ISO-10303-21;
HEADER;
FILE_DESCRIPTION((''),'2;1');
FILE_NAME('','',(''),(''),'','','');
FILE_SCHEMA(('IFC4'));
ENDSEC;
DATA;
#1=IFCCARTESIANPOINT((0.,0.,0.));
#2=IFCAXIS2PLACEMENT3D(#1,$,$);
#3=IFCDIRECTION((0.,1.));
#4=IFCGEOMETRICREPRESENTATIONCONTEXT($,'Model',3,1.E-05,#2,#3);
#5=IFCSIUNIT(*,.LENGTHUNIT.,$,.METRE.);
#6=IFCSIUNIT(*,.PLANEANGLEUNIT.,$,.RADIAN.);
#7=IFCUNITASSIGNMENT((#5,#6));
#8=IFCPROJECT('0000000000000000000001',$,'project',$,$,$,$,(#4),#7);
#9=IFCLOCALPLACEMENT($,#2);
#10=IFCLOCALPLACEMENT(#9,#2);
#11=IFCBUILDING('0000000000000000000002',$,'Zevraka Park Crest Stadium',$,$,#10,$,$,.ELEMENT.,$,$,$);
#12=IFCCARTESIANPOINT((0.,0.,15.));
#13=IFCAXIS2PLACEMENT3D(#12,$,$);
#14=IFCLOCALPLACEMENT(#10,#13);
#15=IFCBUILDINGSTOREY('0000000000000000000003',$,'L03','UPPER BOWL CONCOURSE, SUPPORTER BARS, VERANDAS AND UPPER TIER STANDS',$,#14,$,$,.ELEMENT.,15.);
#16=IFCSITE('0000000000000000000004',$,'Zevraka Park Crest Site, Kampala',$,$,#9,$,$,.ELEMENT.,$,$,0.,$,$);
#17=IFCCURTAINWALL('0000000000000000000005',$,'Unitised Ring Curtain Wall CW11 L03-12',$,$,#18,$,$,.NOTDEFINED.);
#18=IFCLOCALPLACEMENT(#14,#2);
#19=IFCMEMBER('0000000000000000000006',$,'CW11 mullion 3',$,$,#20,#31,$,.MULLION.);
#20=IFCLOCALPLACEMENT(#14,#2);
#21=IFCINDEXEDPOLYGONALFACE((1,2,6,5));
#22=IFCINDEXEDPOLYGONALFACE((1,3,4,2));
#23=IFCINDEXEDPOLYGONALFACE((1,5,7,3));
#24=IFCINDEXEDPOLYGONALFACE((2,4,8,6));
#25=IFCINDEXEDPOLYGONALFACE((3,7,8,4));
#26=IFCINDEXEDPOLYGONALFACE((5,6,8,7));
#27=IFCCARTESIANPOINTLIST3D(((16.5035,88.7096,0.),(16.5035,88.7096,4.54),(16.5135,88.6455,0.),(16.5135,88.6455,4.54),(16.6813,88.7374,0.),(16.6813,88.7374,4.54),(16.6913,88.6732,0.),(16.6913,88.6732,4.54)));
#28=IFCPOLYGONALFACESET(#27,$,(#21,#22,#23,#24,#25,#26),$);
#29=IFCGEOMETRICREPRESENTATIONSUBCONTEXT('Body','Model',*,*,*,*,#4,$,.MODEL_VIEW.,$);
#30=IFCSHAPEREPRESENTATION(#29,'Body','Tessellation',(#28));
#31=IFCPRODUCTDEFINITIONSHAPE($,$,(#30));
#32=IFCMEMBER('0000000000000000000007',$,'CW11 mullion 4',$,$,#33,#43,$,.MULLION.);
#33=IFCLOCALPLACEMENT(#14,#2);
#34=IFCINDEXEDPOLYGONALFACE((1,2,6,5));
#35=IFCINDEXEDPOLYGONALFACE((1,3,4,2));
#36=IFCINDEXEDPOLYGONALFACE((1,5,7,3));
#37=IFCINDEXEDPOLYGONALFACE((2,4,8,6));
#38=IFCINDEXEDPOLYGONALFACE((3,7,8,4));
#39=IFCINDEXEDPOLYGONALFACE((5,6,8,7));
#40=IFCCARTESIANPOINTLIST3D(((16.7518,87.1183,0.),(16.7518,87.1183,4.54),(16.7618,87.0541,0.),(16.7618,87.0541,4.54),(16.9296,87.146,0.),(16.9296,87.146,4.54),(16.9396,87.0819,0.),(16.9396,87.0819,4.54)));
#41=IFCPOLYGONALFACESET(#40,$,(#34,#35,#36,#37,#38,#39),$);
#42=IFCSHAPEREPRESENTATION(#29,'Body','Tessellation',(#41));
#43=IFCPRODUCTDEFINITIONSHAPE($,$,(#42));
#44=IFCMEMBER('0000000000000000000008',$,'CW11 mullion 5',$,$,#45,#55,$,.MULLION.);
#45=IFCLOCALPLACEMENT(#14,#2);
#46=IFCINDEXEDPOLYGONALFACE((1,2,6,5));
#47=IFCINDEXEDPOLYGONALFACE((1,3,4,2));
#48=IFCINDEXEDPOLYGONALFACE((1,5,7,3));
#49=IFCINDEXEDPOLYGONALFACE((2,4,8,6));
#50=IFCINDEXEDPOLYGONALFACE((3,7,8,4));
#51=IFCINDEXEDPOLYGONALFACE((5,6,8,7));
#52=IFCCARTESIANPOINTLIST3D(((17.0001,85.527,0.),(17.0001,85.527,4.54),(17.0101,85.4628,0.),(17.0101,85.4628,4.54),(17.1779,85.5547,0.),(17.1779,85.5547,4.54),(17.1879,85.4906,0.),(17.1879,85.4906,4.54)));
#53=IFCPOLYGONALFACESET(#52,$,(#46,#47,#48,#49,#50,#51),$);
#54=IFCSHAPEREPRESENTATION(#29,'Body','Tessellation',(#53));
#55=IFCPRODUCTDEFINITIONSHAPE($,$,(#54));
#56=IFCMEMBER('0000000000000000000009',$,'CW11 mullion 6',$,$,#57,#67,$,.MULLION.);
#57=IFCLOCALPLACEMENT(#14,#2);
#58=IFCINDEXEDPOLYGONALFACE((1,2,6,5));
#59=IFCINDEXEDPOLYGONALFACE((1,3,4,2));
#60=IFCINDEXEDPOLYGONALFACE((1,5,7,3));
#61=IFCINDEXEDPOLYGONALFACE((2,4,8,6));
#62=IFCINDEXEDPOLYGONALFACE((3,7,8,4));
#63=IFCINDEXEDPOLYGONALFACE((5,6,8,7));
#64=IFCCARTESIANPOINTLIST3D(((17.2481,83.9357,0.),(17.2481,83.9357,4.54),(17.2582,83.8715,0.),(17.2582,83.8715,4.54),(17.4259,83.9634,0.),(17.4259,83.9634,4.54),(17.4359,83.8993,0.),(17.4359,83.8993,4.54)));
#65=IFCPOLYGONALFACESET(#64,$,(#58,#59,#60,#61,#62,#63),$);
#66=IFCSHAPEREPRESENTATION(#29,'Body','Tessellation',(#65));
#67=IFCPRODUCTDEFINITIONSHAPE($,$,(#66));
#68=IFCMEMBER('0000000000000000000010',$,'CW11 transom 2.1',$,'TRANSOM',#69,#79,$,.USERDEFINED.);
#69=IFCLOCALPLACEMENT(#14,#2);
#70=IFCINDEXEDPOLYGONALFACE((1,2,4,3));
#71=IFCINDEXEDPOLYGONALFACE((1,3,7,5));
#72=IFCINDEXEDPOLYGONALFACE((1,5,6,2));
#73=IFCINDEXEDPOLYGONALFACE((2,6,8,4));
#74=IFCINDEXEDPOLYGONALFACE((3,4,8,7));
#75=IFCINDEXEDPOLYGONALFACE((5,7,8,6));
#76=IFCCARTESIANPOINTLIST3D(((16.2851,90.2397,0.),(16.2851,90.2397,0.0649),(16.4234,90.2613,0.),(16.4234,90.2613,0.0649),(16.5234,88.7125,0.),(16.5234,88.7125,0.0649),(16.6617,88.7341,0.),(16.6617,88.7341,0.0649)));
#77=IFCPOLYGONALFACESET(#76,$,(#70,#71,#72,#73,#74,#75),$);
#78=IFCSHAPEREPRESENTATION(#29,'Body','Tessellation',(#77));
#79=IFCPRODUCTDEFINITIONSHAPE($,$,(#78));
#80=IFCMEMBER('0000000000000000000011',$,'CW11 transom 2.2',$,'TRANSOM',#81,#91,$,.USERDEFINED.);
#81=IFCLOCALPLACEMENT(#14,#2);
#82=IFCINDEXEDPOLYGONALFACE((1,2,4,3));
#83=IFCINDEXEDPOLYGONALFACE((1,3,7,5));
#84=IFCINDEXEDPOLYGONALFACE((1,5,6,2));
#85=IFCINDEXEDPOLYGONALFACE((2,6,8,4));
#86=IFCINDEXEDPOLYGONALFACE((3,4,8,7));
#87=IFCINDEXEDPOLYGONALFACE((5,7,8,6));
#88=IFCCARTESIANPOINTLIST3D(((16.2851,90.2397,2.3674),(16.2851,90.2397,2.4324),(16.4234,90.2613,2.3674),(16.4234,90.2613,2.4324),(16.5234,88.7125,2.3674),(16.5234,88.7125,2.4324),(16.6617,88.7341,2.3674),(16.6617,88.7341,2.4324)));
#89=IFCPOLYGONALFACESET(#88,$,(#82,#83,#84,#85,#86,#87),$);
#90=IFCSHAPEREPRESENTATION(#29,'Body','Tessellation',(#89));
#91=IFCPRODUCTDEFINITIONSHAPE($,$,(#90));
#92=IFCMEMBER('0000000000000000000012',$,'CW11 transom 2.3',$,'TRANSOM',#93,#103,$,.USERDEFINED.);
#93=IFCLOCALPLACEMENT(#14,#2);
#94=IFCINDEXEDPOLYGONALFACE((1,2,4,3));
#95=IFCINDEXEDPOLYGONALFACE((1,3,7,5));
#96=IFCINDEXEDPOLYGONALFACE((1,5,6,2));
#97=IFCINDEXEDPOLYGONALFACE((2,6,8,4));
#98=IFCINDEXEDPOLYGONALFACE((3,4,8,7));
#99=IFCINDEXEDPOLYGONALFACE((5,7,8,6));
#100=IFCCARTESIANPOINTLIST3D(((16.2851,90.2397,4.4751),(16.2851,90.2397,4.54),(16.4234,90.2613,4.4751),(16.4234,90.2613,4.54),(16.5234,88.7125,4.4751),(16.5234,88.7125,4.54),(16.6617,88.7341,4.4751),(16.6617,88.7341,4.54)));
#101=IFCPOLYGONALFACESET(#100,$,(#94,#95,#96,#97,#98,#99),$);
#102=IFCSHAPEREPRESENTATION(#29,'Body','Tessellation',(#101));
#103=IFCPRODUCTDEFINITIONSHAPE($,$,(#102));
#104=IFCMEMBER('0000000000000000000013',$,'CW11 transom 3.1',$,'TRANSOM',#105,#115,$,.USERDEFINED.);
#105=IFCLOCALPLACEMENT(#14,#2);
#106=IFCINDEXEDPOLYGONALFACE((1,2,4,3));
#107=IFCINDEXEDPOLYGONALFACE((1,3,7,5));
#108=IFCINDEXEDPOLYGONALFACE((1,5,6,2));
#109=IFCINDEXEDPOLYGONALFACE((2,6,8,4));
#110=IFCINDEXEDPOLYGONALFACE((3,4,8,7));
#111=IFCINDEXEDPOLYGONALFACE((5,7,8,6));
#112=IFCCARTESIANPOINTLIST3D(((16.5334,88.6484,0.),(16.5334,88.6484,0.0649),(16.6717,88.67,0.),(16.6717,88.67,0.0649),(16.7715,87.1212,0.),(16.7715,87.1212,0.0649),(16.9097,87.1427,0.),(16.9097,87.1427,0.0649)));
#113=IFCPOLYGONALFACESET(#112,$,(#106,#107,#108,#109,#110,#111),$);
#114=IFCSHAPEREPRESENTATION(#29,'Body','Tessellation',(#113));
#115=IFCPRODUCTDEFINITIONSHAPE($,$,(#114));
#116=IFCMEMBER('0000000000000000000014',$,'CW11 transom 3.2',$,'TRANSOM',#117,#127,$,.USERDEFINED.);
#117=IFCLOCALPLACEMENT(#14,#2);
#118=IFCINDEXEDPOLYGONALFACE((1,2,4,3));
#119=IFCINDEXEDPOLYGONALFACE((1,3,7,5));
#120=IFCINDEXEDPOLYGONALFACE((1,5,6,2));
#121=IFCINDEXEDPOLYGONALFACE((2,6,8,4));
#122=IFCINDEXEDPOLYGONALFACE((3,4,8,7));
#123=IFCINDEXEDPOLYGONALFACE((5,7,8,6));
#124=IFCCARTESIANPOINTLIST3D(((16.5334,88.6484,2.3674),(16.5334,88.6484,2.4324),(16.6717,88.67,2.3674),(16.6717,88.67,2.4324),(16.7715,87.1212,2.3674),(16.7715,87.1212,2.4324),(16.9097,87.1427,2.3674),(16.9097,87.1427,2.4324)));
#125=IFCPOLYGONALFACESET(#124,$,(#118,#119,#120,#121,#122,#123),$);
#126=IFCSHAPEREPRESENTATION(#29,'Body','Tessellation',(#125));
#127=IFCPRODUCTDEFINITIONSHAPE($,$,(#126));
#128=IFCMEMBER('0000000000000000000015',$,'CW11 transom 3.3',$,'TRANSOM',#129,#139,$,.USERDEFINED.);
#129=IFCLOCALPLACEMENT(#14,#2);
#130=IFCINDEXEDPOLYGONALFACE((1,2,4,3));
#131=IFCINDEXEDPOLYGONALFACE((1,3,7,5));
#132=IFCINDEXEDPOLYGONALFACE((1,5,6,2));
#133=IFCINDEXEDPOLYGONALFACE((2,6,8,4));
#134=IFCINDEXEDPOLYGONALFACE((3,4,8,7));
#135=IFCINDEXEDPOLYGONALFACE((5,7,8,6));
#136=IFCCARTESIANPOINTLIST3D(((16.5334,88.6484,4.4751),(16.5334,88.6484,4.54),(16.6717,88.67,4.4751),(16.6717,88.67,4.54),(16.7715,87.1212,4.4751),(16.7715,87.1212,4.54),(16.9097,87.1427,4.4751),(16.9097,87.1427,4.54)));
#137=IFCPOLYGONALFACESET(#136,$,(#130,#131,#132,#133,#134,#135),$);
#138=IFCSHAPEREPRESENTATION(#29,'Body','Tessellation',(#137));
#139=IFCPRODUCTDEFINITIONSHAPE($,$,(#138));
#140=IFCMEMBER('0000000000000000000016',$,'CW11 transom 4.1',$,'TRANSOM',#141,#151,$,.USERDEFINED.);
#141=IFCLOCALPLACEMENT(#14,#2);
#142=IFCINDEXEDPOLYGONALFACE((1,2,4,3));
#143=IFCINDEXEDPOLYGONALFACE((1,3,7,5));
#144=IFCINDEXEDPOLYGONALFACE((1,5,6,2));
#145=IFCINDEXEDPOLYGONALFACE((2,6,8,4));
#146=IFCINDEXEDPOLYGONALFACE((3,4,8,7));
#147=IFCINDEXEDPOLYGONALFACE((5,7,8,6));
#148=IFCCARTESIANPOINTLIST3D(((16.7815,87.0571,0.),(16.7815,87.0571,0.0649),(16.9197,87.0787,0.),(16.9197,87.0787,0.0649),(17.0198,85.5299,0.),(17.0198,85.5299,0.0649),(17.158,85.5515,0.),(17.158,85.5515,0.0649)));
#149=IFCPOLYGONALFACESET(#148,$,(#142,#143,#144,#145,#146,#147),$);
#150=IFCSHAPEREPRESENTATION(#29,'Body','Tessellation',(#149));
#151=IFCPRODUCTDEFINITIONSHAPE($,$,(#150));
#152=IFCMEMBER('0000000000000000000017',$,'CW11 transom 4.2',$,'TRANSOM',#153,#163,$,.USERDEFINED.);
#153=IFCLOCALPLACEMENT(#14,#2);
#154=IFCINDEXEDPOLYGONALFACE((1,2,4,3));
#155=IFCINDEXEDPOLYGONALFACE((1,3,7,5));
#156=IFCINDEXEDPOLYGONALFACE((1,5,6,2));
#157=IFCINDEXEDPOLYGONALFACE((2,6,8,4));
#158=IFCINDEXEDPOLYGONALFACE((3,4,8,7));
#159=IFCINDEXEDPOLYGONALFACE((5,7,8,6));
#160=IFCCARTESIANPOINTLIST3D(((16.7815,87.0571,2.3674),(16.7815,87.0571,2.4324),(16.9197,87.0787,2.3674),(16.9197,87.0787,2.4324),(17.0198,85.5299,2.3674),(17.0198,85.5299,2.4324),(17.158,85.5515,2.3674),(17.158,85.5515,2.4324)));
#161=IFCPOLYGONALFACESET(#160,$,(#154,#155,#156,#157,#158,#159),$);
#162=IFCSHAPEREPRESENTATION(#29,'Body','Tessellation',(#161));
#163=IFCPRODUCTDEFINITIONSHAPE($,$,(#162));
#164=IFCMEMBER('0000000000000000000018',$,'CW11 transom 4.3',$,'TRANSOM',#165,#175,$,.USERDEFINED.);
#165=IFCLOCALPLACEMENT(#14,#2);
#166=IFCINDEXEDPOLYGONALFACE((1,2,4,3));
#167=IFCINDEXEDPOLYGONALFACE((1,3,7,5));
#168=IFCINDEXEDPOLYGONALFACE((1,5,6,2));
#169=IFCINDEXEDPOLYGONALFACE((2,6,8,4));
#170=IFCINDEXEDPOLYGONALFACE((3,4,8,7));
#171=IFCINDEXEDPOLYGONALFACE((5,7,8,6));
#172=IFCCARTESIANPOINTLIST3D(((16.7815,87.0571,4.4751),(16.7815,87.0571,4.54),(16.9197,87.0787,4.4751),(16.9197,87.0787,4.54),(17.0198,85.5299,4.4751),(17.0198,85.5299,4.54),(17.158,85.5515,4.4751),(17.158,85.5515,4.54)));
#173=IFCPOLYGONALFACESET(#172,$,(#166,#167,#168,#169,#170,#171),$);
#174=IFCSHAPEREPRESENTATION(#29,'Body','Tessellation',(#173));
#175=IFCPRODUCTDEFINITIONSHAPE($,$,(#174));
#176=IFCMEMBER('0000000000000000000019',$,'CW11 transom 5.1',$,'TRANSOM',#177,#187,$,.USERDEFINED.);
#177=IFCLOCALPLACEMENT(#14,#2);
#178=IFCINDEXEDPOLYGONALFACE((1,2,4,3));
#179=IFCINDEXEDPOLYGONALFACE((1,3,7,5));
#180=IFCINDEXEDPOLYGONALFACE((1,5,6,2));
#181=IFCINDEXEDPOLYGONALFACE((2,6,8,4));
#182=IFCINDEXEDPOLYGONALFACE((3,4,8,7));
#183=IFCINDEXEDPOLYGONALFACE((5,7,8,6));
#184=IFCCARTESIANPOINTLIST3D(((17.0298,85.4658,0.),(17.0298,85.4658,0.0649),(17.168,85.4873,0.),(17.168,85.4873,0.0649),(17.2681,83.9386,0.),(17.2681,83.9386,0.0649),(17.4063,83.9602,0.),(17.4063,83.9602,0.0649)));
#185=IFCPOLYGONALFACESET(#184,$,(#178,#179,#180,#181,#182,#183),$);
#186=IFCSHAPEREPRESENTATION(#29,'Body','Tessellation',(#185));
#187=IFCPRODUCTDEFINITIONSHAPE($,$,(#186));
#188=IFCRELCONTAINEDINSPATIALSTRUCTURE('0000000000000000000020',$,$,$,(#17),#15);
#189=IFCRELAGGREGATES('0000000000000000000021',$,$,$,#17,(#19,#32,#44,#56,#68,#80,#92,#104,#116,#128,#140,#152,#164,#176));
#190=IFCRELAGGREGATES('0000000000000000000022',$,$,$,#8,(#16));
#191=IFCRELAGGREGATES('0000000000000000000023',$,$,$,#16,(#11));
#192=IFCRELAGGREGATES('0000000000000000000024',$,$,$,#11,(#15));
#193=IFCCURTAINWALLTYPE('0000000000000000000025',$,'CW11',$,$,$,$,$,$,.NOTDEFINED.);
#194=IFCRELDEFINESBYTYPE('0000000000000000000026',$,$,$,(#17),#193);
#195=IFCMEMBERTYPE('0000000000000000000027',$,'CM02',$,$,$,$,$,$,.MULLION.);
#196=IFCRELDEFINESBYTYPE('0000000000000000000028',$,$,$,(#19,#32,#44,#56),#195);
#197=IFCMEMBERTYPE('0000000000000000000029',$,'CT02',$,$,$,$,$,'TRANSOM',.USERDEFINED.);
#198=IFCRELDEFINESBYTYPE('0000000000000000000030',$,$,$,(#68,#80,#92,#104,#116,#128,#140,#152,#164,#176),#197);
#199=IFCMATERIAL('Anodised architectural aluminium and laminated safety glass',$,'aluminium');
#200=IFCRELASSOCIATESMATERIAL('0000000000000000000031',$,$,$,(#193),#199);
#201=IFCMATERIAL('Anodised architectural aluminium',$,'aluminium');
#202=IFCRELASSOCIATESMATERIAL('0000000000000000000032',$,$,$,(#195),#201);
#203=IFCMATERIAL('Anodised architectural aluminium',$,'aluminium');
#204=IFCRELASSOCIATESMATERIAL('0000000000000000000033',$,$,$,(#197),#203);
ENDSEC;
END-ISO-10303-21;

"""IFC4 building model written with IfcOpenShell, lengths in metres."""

from ifc_helpers import new_model, si_unit, direction, frame, origin, origin_2d, place, context, subcontext, project, spatial, rectangle, extrude, material, material_profile, profile_set, type_object, element, aggregate, save


model = new_model("IFC4")

# Units and contexts
model_context = context("Model", 3, precision=1e-05, world=origin(), true_north=direction((0.0, 1.0)))
body_context = subcontext(model_context, "Body", "Model", "MODEL_VIEW")
ifc_project = project(units=[si_unit("LENGTHUNIT", "METRE"), si_unit("PLANEANGLEUNIT", "RADIAN")], contexts=[model_context])

# Site, building, storey
site_placement = place(None, origin())
site = spatial("IfcSite", under=ifc_project, at=site_placement, Name="Zevraka Park Crest Site, Kampala", CompositionType="ELEMENT", RefElevation=0.0)
building_placement = place(site_placement, origin())
building = spatial("IfcBuilding", under=site, at=building_placement, Name="Zevraka Park Crest Stadium", CompositionType="ELEMENT")
storey_placement = place(building_placement, frame((0.0, 0.0, 15.0)))
storey = spatial("IfcBuildingStorey", under=building, at=storey_placement, Name="L03", Description="UPPER BOWL CONCOURSE, SUPPORTER BARS, VERANDAS AND UPPER TIER STANDS", CompositionType="ELEMENT", Elevation=15.0)

# Curtain wall, members
ifc_material_1 = material(Name="Anodised architectural aluminium and laminated safety glass", Category="aluminium")
curtain_wall_type = type_object("IfcCurtainWallType", Name="CW11", PredefinedType="NOTDEFINED", material=ifc_material_1)
curtain_wall_placement = place(storey_placement, origin())
curtain_wall = element("IfcCurtainWall", 1, at=curtain_wall_placement, inside=storey, type_object=curtain_wall_type, Name="Unitised Ring Curtain Wall CW11 L03-12", PredefinedType="NOTDEFINED")
ifc_material_2 = material(Name="Anodised architectural aluminium", Category="aluminium")
ifc_material_profile_1 = material_profile(ifc_material_2, rectangle(XDim=0.1799, YDim=0.0649, at=origin_2d()), Name="ALU MULLION 180x65")
ifc_profile_set_1 = profile_set([ifc_material_profile_1], Name="Anodised architectural aluminium")
member_type_1 = type_object("IfcMemberType", Name="CM02", PredefinedType="MULLION", material=ifc_profile_set_1)
member_1_placement = place(storey_placement, frame((16.5974, 88.6914, 0.0), z_axis=(0.0, 0.0, 1.0), x_axis=(0.988051, 0.154128, 0.0)))
member_1 = element("IfcMember", 2, at=member_1_placement, type_object=member_type_1, Name="CW11 mullion 3", PredefinedType="MULLION", context=body_context, shape_type="SweptSolid", body=[
    extrude(rectangle(XDim=0.1799, YDim=0.0649, at=origin_2d()), origin(), (0.0, 0.0, 1.0), 4.54),
])
member_2_placement = place(storey_placement, frame((16.8457, 87.1001, 0.0), z_axis=(0.0, 0.0, 1.0), x_axis=(0.988051, 0.154128, 0.0)))
member_2 = element("IfcMember", 3, at=member_2_placement, type_object=member_type_1, Name="CW11 mullion 4", PredefinedType="MULLION", context=body_context, shape_type="SweptSolid", body=[
    extrude(rectangle(XDim=0.1799, YDim=0.0649, at=origin_2d()), origin(), (0.0, 0.0, 1.0), 4.54),
])
member_3_placement = place(storey_placement, frame((17.094, 85.5088, 0.0), z_axis=(0.0, 0.0, 1.0), x_axis=(0.988051, 0.154128, 0.0)))
member_3 = element("IfcMember", 4, at=member_3_placement, type_object=member_type_1, Name="CW11 mullion 5", PredefinedType="MULLION", context=body_context, shape_type="SweptSolid", body=[
    extrude(rectangle(XDim=0.1799, YDim=0.0649, at=origin_2d()), origin(), (0.0, 0.0, 1.0), 4.54),
])
member_4_placement = place(storey_placement, frame((17.342, 83.9175, 0.0), z_axis=(0.0, 0.0, 1.0), x_axis=(0.988051, 0.154128, 0.0)))
member_4 = element("IfcMember", 5, at=member_4_placement, type_object=member_type_1, Name="CW11 mullion 6", PredefinedType="MULLION", context=body_context, shape_type="SweptSolid", body=[
    extrude(rectangle(XDim=0.1799, YDim=0.0649, at=origin_2d()), origin(), (0.0, 0.0, 1.0), 4.54),
])
ifc_material_3 = material(Name="Anodised architectural aluminium", Category="aluminium")
ifc_material_profile_2 = material_profile(ifc_material_3, rectangle(XDim=0.1399, YDim=0.0649, at=origin_2d()), Name="ALU TRANSOM 140x65")
ifc_profile_set_2 = profile_set([ifc_material_profile_2], Name="Anodised architectural aluminium")
member_type_2 = type_object("IfcMemberType", Name="CT02", ElementType="TRANSOM", PredefinedType="USERDEFINED", material=ifc_profile_set_2)
member_5_placement = place(storey_placement, frame((16.3542, 90.2505, 0.0325), z_axis=(0.15417, -0.988044, 0.0), x_axis=(0.988044, 0.15417, 0.0)))
member_5 = element("IfcMember", 6, at=member_5_placement, type_object=member_type_2, Name="CW11 transom 2.1", ObjectType="TRANSOM", PredefinedType="USERDEFINED", context=body_context, shape_type="SweptSolid", body=[
    extrude(rectangle(XDim=0.1399, YDim=0.0649, at=origin_2d()), origin(), (0.0, 0.0, 1.0), 1.5457),
])
member_6_placement = place(storey_placement, frame((16.3542, 90.2505, 2.3999), z_axis=(0.15417, -0.988044, 0.0), x_axis=(0.988044, 0.15417, 0.0)))
member_6 = element("IfcMember", 7, at=member_6_placement, type_object=member_type_2, Name="CW11 transom 2.2", ObjectType="TRANSOM", PredefinedType="USERDEFINED", context=body_context, shape_type="SweptSolid", body=[
    extrude(rectangle(XDim=0.1399, YDim=0.0649, at=origin_2d()), origin(), (0.0, 0.0, 1.0), 1.5457),
])
member_7_placement = place(storey_placement, frame((16.3542, 90.2505, 4.5076), z_axis=(0.15417, -0.988044, 0.0), x_axis=(0.988044, 0.15417, 0.0)))
member_7 = element("IfcMember", 8, at=member_7_placement, type_object=member_type_2, Name="CW11 transom 2.3", ObjectType="TRANSOM", PredefinedType="USERDEFINED", context=body_context, shape_type="SweptSolid", body=[
    extrude(rectangle(XDim=0.1399, YDim=0.0649, at=origin_2d()), origin(), (0.0, 0.0, 1.0), 1.5457),
])
member_8_placement = place(storey_placement, frame((16.6025, 88.6592, 0.0325), z_axis=(0.154015, -0.988068, 0.0), x_axis=(0.988068, 0.154015, 0.0)))
member_8 = element("IfcMember", 9, at=member_8_placement, type_object=member_type_2, Name="CW11 transom 3.1", ObjectType="TRANSOM", PredefinedType="USERDEFINED", context=body_context, shape_type="SweptSolid", body=[
    extrude(rectangle(XDim=0.1399, YDim=0.0649, at=origin_2d()), origin(), (0.0, 0.0, 1.0), 1.5457),
])
member_9_placement = place(storey_placement, frame((16.6025, 88.6592, 2.3999), z_axis=(0.154015, -0.988068, 0.0), x_axis=(0.988068, 0.154015, 0.0)))
member_9 = element("IfcMember", 10, at=member_9_placement, type_object=member_type_2, Name="CW11 transom 3.2", ObjectType="TRANSOM", PredefinedType="USERDEFINED", context=body_context, shape_type="SweptSolid", body=[
    extrude(rectangle(XDim=0.1399, YDim=0.0649, at=origin_2d()), origin(), (0.0, 0.0, 1.0), 1.5457),
])
member_10_placement = place(storey_placement, frame((16.6025, 88.6592, 4.5076), z_axis=(0.154015, -0.988068, 0.0), x_axis=(0.988068, 0.154015, 0.0)))
member_10 = element("IfcMember", 11, at=member_10_placement, type_object=member_type_2, Name="CW11 transom 3.3", ObjectType="TRANSOM", PredefinedType="USERDEFINED", context=body_context, shape_type="SweptSolid", body=[
    extrude(rectangle(XDim=0.1399, YDim=0.0649, at=origin_2d()), origin(), (0.0, 0.0, 1.0), 1.5457),
])
member_11_placement = place(storey_placement, frame((16.8506, 87.0679, 0.0325), z_axis=(0.15417, -0.988044, 0.0), x_axis=(0.988044, 0.15417, 0.0)))
member_11 = element("IfcMember", 12, at=member_11_placement, type_object=member_type_2, Name="CW11 transom 4.1", ObjectType="TRANSOM", PredefinedType="USERDEFINED", context=body_context, shape_type="SweptSolid", body=[
    extrude(rectangle(XDim=0.1399, YDim=0.0649, at=origin_2d()), origin(), (0.0, 0.0, 1.0), 1.5457),
])
member_12_placement = place(storey_placement, frame((16.8506, 87.0679, 2.3999), z_axis=(0.15417, -0.988044, 0.0), x_axis=(0.988044, 0.15417, 0.0)))
member_12 = element("IfcMember", 13, at=member_12_placement, type_object=member_type_2, Name="CW11 transom 4.2", ObjectType="TRANSOM", PredefinedType="USERDEFINED", context=body_context, shape_type="SweptSolid", body=[
    extrude(rectangle(XDim=0.1399, YDim=0.0649, at=origin_2d()), origin(), (0.0, 0.0, 1.0), 1.5457),
])
member_13_placement = place(storey_placement, frame((16.8506, 87.0679, 4.5076), z_axis=(0.15417, -0.988044, 0.0), x_axis=(0.988044, 0.15417, 0.0)))
member_13 = element("IfcMember", 14, at=member_13_placement, type_object=member_type_2, Name="CW11 transom 4.3", ObjectType="TRANSOM", PredefinedType="USERDEFINED", context=body_context, shape_type="SweptSolid", body=[
    extrude(rectangle(XDim=0.1399, YDim=0.0649, at=origin_2d()), origin(), (0.0, 0.0, 1.0), 1.5457),
])
member_14_placement = place(storey_placement, frame((17.0989, 85.4766, 0.0325), z_axis=(0.15417, -0.988044, 0.0), x_axis=(0.988044, 0.15417, 0.0)))
member_14 = element("IfcMember", 15, at=member_14_placement, type_object=member_type_2, Name="CW11 transom 5.1", ObjectType="TRANSOM", PredefinedType="USERDEFINED", context=body_context, shape_type="SweptSolid", body=[
    extrude(rectangle(XDim=0.1399, YDim=0.0649, at=origin_2d()), origin(), (0.0, 0.0, 1.0), 1.5457),
])
aggregate(curtain_wall, [member_1, member_2, member_3, member_4, member_5, member_6, member_7, member_8, member_9, member_10, member_11, member_12, member_13, member_14])

save(model, "model.ifc")
